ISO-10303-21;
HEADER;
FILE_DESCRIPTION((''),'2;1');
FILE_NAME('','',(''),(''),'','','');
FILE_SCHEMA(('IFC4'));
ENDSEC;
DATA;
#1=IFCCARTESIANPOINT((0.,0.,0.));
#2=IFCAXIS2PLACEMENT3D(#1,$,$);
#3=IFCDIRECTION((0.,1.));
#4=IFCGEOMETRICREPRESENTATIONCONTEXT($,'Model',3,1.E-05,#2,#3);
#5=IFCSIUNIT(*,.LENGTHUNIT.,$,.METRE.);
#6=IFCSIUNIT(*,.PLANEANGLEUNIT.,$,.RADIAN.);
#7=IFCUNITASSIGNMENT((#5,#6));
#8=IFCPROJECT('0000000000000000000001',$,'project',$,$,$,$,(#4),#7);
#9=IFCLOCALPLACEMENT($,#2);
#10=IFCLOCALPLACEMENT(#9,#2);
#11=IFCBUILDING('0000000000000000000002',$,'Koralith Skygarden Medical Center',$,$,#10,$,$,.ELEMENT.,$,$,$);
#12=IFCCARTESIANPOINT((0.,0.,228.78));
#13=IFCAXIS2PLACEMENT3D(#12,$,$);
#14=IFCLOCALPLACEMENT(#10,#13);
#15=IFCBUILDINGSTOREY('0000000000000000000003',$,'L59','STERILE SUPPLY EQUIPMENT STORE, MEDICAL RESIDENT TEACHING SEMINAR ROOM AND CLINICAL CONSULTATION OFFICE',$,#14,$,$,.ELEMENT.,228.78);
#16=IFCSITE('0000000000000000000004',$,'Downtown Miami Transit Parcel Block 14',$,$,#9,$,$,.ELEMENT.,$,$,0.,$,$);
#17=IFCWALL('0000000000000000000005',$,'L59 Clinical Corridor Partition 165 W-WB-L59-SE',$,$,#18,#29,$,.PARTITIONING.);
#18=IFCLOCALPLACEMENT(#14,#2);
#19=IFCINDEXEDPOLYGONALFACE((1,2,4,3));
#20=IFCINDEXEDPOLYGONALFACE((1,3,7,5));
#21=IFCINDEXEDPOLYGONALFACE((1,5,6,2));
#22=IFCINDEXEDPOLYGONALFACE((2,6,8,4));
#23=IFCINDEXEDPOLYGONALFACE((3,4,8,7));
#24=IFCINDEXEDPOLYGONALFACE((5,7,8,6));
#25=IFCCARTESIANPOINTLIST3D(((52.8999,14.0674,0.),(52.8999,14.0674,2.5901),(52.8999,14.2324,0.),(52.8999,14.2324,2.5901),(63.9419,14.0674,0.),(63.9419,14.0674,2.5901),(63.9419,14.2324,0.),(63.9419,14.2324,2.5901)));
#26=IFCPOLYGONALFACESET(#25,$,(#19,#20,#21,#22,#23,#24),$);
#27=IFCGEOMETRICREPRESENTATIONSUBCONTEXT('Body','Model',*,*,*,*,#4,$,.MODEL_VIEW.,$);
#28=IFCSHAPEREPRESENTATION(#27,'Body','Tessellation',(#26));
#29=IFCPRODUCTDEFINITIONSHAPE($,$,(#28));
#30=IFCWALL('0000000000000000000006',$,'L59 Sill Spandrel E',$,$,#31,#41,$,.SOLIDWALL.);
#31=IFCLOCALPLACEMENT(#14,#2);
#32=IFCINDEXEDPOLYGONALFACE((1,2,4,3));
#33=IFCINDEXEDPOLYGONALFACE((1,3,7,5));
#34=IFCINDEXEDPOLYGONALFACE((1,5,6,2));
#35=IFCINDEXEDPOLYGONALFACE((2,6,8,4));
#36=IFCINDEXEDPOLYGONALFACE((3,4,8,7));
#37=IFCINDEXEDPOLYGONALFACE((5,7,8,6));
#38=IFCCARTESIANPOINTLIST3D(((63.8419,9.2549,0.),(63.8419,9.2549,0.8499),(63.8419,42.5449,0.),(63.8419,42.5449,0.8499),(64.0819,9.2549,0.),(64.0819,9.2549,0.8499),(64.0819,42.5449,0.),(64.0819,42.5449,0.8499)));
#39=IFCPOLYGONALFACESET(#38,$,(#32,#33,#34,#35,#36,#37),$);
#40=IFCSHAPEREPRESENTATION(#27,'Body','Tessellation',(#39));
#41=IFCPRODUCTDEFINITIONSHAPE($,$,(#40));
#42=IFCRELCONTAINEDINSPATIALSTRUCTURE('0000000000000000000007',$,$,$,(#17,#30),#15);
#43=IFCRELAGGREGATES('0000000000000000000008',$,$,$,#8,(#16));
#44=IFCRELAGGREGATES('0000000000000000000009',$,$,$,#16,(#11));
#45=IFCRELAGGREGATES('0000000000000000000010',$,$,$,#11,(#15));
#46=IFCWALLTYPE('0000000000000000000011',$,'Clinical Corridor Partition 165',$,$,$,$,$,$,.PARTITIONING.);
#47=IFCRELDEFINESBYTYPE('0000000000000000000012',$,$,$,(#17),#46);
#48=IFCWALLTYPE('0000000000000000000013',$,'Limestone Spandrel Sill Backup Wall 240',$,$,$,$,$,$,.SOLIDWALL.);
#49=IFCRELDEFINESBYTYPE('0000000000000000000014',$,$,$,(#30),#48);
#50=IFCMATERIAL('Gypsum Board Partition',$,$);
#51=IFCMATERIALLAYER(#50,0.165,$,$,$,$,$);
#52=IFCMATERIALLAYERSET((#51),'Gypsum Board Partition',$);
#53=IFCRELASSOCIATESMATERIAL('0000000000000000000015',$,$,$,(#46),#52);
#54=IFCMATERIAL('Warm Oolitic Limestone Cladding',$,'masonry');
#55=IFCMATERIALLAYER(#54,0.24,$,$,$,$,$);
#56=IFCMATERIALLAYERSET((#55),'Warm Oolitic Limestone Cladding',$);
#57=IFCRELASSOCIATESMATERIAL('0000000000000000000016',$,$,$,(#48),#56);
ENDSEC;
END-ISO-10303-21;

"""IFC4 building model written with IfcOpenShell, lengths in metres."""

from ifc_helpers import new_model, si_unit, direction, frame, frame_2d, origin, place, context, subcontext, project, spatial, rectangle, extrude, material, layer, layer_set, type_object, element, save


model = new_model("IFC4")

# Units and contexts
model_context = context("Model", 3, precision=1e-05, world=origin(), true_north=direction((0.0, 1.0)))
body_context = subcontext(model_context, "Body", "Model", "MODEL_VIEW")
ifc_project = project(units=[si_unit("LENGTHUNIT", "METRE"), si_unit("PLANEANGLEUNIT", "RADIAN")], contexts=[model_context])

# Site, building, storey
site_placement = place(None, origin())
site = spatial("IfcSite", under=ifc_project, at=site_placement, Name="Downtown Miami Transit Parcel Block 14", CompositionType="ELEMENT", RefElevation=0.0)
building_placement = place(site_placement, origin())
building = spatial("IfcBuilding", under=site, at=building_placement, Name="Koralith Skygarden Medical Center", CompositionType="ELEMENT")
storey_placement = place(building_placement, frame((0.0, 0.0, 228.78)))
storey = spatial("IfcBuildingStorey", under=building, at=storey_placement, Name="L59", Description="STERILE SUPPLY EQUIPMENT STORE, MEDICAL RESIDENT TEACHING SEMINAR ROOM AND CLINICAL CONSULTATION OFFICE", CompositionType="ELEMENT", Elevation=228.78)

# Wall
ifc_material_1 = material(Name="Gypsum Board Partition")
ifc_layer_1 = layer(ifc_material_1, 0.165)
ifc_layer_set_1 = layer_set([ifc_layer_1], Name="Gypsum Board Partition")
wall_type_1 = type_object("IfcWallType", Name="Clinical Corridor Partition 165", PredefinedType="PARTITIONING", material=ifc_layer_set_1)
wall_1_placement = place(storey_placement, frame((52.8999, 14.1499, 0.0), z_axis=(0.0, 0.0, 1.0), x_axis=(1.0, 0.0, 0.0)))
element("IfcWall", 1, at=wall_1_placement, inside=storey, type_object=wall_type_1, Name="L59 Clinical Corridor Partition 165 W-WB-L59-SE", PredefinedType="PARTITIONING", context=body_context, shape_type="SweptSolid", body=[
    extrude(rectangle(XDim=11.042, YDim=0.165, at=frame_2d((5.521, 0.0))), origin(), (0.0, 0.0, 1.0), 2.5901),
])

# Wall
ifc_material_2 = material(Name="Warm Oolitic Limestone Cladding", Category="masonry")
ifc_layer_2 = layer(ifc_material_2, 0.24)
ifc_layer_set_2 = layer_set([ifc_layer_2], Name="Warm Oolitic Limestone Cladding")
wall_type_2 = type_object("IfcWallType", Name="Limestone Spandrel Sill Backup Wall 240", PredefinedType="SOLIDWALL", material=ifc_layer_set_2)
wall_2_placement = place(storey_placement, frame((63.9619, 9.2549, 0.0), z_axis=(0.0, 0.0, 1.0), x_axis=(0.0, 1.0, 0.0)))
element("IfcWall", 2, at=wall_2_placement, inside=storey, type_object=wall_type_2, Name="L59 Sill Spandrel E", PredefinedType="SOLIDWALL", context=body_context, shape_type="SweptSolid", body=[
    extrude(rectangle(XDim=33.29, YDim=0.24, at=frame_2d((16.645, 0.0))), origin(), (0.0, 0.0, 1.0), 0.8499),
])

save(model, "model.ifc")
